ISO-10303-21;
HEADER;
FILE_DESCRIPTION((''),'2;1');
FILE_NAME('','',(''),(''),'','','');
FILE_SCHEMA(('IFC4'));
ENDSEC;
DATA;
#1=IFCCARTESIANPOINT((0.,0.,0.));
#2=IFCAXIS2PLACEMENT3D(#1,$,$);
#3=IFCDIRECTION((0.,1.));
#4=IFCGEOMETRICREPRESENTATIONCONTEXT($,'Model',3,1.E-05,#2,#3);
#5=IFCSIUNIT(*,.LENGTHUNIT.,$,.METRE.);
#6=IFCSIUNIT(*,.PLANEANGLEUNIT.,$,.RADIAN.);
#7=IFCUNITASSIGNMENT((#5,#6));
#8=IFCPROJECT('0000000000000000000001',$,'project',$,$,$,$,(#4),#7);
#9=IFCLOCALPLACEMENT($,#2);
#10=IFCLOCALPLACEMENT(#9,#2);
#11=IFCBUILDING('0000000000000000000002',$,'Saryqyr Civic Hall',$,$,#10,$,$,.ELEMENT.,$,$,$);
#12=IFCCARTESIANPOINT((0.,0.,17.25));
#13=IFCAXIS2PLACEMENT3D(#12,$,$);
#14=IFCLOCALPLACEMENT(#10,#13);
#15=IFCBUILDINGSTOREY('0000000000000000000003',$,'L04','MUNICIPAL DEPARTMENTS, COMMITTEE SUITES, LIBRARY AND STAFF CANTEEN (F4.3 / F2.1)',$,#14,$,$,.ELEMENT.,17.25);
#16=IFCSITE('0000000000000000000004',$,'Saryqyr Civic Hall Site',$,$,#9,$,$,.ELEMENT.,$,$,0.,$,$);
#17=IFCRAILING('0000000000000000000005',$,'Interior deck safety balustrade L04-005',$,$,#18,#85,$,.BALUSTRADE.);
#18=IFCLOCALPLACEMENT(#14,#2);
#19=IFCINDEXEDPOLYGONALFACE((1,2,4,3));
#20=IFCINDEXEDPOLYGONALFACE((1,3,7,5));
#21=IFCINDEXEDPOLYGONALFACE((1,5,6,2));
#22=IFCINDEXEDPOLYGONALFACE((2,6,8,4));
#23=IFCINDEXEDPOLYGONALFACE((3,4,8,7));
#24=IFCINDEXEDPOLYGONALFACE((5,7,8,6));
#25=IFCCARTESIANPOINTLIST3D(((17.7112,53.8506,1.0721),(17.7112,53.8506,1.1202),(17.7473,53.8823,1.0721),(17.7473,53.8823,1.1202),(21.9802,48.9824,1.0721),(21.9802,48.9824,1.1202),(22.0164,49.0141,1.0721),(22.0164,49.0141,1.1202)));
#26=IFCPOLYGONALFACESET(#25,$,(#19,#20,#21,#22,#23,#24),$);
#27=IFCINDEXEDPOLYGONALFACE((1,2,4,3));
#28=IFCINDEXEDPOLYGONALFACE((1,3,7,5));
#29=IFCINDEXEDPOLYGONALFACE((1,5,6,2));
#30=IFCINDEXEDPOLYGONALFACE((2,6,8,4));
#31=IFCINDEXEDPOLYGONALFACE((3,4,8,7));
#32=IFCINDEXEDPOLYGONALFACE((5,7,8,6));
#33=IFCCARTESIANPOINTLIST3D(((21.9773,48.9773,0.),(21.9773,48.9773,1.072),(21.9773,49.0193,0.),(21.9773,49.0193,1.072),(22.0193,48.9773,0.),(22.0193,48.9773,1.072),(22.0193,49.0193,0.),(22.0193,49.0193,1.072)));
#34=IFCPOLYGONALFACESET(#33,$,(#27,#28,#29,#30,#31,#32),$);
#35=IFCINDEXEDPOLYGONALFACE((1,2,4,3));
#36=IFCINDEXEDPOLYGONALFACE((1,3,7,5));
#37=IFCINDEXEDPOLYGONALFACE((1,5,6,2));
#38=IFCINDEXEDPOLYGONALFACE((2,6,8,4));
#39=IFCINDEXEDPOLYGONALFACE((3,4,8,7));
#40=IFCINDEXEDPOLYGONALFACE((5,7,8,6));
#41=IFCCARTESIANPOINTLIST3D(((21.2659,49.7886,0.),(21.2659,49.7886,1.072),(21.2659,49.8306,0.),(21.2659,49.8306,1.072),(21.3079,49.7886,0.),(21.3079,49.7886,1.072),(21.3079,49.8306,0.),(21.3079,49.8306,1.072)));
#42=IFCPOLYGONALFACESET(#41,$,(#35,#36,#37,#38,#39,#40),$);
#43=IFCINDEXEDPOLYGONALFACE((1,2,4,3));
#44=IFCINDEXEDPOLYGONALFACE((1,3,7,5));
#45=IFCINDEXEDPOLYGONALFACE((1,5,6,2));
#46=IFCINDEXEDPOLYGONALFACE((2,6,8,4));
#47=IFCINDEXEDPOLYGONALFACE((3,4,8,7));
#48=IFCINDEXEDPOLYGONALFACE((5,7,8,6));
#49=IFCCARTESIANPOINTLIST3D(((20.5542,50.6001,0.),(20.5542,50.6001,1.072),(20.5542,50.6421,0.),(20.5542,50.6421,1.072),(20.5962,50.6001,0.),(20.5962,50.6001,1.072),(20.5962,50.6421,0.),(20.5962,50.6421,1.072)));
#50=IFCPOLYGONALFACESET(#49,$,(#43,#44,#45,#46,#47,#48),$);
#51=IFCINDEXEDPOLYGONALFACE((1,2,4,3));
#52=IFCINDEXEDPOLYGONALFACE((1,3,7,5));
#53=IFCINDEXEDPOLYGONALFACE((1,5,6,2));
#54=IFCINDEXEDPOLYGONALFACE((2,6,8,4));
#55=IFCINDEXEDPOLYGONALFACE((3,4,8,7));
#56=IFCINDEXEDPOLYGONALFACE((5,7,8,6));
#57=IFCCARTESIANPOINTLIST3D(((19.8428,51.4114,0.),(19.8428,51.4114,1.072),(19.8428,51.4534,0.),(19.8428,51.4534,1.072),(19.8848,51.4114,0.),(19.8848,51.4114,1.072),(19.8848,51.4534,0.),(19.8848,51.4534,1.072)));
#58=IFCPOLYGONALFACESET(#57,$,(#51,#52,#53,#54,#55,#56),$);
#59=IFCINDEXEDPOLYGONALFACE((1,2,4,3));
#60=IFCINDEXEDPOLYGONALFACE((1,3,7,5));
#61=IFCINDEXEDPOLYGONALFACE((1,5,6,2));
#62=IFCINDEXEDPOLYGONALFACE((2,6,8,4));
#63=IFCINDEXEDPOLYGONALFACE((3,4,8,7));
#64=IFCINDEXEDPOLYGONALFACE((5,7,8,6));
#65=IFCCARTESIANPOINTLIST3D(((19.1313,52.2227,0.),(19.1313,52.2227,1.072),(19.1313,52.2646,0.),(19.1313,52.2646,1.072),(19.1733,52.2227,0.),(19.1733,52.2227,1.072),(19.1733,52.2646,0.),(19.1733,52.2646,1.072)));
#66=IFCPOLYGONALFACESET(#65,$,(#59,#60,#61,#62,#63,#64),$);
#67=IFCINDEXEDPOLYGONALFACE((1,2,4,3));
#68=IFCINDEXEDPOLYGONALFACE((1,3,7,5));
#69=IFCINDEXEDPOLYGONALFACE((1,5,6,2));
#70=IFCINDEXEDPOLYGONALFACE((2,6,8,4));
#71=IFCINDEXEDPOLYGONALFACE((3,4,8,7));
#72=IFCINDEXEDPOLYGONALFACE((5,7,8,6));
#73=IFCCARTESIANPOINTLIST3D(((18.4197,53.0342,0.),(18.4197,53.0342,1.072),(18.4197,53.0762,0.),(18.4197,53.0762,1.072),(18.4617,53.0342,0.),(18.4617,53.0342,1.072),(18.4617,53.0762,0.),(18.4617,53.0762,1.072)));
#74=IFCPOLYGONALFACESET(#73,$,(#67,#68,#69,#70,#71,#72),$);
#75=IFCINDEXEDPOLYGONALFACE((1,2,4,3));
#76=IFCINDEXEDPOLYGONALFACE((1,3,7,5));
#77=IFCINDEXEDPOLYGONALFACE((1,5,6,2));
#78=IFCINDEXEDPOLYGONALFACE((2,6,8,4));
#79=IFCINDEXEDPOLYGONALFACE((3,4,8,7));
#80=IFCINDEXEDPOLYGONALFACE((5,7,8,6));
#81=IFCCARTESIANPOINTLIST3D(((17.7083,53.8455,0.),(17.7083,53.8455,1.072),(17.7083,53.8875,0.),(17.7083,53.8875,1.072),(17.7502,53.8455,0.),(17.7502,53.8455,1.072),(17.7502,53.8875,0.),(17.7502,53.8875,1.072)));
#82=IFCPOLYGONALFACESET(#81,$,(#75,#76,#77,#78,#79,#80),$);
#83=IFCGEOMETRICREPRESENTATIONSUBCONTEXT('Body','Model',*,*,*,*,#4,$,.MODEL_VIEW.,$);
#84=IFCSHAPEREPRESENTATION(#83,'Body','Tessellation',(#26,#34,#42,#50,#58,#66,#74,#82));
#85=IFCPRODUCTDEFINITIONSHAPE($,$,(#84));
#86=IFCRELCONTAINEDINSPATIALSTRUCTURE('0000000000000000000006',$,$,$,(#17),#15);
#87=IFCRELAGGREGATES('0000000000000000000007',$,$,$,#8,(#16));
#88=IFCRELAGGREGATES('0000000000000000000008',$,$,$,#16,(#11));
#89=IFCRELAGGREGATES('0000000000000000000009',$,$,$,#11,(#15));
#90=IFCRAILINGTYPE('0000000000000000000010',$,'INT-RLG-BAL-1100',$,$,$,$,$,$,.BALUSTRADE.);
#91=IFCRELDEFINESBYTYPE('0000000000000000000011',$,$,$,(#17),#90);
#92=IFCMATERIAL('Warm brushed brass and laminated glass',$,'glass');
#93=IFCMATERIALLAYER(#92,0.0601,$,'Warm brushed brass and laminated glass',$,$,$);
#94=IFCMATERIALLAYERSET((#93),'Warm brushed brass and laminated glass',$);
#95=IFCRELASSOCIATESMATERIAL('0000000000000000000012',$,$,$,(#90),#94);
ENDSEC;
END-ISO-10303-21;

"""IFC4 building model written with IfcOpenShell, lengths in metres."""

from ifc_helpers import new_model, si_unit, direction, frame, origin, origin_2d, place, context, subcontext, project, spatial, rectangle, extrude, material, layer, layer_set, type_object, element, save


model = new_model("IFC4")

# Units and contexts
model_context = context("Model", 3, precision=1e-05, world=origin(), true_north=direction((0.0, 1.0)))
body_context = subcontext(model_context, "Body", "Model", "MODEL_VIEW")
ifc_project = project(units=[si_unit("LENGTHUNIT", "METRE"), si_unit("PLANEANGLEUNIT", "RADIAN")], contexts=[model_context])

# Site, building, storey
site_placement = place(None, origin())
site = spatial("IfcSite", under=ifc_project, at=site_placement, Name="Saryqyr Civic Hall Site", CompositionType="ELEMENT", RefElevation=0.0)
building_placement = place(site_placement, origin())
building = spatial("IfcBuilding", under=site, at=building_placement, Name="Saryqyr Civic Hall", CompositionType="ELEMENT")
storey_placement = place(building_placement, frame((0.0, 0.0, 17.25)))
storey = spatial("IfcBuildingStorey", under=building, at=storey_placement, Name="L04", Description="MUNICIPAL DEPARTMENTS, COMMITTEE SUITES, LIBRARY AND STAFF CANTEEN (F4.3 / F2.1)", CompositionType="ELEMENT", Elevation=17.25)

# Railing
ifc_material_1 = material(Name="Warm brushed brass and laminated glass", Category="glass")
ifc_layer_1 = layer(ifc_material_1, 0.0601, Name="Warm brushed brass and laminated glass")
ifc_layer_set_1 = layer_set([ifc_layer_1], Name="Warm brushed brass and laminated glass")
railing_type = type_object("IfcRailingType", Name="INT-RLG-BAL-1100", PredefinedType="BALUSTRADE", material=ifc_layer_set_1)
railing_placement = place(storey_placement, frame((21.9983, 48.9983, 0.0)))
element("IfcRailing", 1, at=railing_placement, inside=storey, type_object=railing_type, Name="Interior deck safety balustrade L04-005", PredefinedType="BALUSTRADE", context=body_context, shape_type="SweptSolid", body=[
    extrude(rectangle(XDim=0.0481, YDim=0.0481, at=origin_2d()), frame((0.0, 0.0, 1.0962), z_axis=(-0.659326, 0.751857, 0.0), x_axis=(-0.751857, -0.659326, 0.0)), (0.0, 0.0, 1.0), 6.4749),
    extrude(rectangle(XDim=0.042, YDim=0.042, at=origin_2d()), origin(), (0.0, 0.0, 1.0), 1.072),
    extrude(rectangle(XDim=0.042, YDim=0.042, at=origin_2d()), frame((-0.7114, 0.8113, 0.0)), (0.0, 0.0, 1.0), 1.072),
    extrude(rectangle(XDim=0.042, YDim=0.042, at=origin_2d()), frame((-1.4231, 1.6228, 0.0)), (0.0, 0.0, 1.0), 1.072),
    extrude(rectangle(XDim=0.042, YDim=0.042, at=origin_2d()), frame((-2.1345, 2.4341, 0.0)), (0.0, 0.0, 1.0), 1.072),
    extrude(rectangle(XDim=0.042, YDim=0.042, at=origin_2d()), frame((-2.8459, 3.2454, 0.0)), (0.0, 0.0, 1.0), 1.072),
    extrude(rectangle(XDim=0.042, YDim=0.042, at=origin_2d()), frame((-3.5576, 4.0569, 0.0)), (0.0, 0.0, 1.0), 1.072),
    extrude(rectangle(XDim=0.042, YDim=0.042, at=origin_2d()), frame((-4.269, 4.8682, 0.0)), (0.0, 0.0, 1.0), 1.072),
])

save(model, "model.ifc")
